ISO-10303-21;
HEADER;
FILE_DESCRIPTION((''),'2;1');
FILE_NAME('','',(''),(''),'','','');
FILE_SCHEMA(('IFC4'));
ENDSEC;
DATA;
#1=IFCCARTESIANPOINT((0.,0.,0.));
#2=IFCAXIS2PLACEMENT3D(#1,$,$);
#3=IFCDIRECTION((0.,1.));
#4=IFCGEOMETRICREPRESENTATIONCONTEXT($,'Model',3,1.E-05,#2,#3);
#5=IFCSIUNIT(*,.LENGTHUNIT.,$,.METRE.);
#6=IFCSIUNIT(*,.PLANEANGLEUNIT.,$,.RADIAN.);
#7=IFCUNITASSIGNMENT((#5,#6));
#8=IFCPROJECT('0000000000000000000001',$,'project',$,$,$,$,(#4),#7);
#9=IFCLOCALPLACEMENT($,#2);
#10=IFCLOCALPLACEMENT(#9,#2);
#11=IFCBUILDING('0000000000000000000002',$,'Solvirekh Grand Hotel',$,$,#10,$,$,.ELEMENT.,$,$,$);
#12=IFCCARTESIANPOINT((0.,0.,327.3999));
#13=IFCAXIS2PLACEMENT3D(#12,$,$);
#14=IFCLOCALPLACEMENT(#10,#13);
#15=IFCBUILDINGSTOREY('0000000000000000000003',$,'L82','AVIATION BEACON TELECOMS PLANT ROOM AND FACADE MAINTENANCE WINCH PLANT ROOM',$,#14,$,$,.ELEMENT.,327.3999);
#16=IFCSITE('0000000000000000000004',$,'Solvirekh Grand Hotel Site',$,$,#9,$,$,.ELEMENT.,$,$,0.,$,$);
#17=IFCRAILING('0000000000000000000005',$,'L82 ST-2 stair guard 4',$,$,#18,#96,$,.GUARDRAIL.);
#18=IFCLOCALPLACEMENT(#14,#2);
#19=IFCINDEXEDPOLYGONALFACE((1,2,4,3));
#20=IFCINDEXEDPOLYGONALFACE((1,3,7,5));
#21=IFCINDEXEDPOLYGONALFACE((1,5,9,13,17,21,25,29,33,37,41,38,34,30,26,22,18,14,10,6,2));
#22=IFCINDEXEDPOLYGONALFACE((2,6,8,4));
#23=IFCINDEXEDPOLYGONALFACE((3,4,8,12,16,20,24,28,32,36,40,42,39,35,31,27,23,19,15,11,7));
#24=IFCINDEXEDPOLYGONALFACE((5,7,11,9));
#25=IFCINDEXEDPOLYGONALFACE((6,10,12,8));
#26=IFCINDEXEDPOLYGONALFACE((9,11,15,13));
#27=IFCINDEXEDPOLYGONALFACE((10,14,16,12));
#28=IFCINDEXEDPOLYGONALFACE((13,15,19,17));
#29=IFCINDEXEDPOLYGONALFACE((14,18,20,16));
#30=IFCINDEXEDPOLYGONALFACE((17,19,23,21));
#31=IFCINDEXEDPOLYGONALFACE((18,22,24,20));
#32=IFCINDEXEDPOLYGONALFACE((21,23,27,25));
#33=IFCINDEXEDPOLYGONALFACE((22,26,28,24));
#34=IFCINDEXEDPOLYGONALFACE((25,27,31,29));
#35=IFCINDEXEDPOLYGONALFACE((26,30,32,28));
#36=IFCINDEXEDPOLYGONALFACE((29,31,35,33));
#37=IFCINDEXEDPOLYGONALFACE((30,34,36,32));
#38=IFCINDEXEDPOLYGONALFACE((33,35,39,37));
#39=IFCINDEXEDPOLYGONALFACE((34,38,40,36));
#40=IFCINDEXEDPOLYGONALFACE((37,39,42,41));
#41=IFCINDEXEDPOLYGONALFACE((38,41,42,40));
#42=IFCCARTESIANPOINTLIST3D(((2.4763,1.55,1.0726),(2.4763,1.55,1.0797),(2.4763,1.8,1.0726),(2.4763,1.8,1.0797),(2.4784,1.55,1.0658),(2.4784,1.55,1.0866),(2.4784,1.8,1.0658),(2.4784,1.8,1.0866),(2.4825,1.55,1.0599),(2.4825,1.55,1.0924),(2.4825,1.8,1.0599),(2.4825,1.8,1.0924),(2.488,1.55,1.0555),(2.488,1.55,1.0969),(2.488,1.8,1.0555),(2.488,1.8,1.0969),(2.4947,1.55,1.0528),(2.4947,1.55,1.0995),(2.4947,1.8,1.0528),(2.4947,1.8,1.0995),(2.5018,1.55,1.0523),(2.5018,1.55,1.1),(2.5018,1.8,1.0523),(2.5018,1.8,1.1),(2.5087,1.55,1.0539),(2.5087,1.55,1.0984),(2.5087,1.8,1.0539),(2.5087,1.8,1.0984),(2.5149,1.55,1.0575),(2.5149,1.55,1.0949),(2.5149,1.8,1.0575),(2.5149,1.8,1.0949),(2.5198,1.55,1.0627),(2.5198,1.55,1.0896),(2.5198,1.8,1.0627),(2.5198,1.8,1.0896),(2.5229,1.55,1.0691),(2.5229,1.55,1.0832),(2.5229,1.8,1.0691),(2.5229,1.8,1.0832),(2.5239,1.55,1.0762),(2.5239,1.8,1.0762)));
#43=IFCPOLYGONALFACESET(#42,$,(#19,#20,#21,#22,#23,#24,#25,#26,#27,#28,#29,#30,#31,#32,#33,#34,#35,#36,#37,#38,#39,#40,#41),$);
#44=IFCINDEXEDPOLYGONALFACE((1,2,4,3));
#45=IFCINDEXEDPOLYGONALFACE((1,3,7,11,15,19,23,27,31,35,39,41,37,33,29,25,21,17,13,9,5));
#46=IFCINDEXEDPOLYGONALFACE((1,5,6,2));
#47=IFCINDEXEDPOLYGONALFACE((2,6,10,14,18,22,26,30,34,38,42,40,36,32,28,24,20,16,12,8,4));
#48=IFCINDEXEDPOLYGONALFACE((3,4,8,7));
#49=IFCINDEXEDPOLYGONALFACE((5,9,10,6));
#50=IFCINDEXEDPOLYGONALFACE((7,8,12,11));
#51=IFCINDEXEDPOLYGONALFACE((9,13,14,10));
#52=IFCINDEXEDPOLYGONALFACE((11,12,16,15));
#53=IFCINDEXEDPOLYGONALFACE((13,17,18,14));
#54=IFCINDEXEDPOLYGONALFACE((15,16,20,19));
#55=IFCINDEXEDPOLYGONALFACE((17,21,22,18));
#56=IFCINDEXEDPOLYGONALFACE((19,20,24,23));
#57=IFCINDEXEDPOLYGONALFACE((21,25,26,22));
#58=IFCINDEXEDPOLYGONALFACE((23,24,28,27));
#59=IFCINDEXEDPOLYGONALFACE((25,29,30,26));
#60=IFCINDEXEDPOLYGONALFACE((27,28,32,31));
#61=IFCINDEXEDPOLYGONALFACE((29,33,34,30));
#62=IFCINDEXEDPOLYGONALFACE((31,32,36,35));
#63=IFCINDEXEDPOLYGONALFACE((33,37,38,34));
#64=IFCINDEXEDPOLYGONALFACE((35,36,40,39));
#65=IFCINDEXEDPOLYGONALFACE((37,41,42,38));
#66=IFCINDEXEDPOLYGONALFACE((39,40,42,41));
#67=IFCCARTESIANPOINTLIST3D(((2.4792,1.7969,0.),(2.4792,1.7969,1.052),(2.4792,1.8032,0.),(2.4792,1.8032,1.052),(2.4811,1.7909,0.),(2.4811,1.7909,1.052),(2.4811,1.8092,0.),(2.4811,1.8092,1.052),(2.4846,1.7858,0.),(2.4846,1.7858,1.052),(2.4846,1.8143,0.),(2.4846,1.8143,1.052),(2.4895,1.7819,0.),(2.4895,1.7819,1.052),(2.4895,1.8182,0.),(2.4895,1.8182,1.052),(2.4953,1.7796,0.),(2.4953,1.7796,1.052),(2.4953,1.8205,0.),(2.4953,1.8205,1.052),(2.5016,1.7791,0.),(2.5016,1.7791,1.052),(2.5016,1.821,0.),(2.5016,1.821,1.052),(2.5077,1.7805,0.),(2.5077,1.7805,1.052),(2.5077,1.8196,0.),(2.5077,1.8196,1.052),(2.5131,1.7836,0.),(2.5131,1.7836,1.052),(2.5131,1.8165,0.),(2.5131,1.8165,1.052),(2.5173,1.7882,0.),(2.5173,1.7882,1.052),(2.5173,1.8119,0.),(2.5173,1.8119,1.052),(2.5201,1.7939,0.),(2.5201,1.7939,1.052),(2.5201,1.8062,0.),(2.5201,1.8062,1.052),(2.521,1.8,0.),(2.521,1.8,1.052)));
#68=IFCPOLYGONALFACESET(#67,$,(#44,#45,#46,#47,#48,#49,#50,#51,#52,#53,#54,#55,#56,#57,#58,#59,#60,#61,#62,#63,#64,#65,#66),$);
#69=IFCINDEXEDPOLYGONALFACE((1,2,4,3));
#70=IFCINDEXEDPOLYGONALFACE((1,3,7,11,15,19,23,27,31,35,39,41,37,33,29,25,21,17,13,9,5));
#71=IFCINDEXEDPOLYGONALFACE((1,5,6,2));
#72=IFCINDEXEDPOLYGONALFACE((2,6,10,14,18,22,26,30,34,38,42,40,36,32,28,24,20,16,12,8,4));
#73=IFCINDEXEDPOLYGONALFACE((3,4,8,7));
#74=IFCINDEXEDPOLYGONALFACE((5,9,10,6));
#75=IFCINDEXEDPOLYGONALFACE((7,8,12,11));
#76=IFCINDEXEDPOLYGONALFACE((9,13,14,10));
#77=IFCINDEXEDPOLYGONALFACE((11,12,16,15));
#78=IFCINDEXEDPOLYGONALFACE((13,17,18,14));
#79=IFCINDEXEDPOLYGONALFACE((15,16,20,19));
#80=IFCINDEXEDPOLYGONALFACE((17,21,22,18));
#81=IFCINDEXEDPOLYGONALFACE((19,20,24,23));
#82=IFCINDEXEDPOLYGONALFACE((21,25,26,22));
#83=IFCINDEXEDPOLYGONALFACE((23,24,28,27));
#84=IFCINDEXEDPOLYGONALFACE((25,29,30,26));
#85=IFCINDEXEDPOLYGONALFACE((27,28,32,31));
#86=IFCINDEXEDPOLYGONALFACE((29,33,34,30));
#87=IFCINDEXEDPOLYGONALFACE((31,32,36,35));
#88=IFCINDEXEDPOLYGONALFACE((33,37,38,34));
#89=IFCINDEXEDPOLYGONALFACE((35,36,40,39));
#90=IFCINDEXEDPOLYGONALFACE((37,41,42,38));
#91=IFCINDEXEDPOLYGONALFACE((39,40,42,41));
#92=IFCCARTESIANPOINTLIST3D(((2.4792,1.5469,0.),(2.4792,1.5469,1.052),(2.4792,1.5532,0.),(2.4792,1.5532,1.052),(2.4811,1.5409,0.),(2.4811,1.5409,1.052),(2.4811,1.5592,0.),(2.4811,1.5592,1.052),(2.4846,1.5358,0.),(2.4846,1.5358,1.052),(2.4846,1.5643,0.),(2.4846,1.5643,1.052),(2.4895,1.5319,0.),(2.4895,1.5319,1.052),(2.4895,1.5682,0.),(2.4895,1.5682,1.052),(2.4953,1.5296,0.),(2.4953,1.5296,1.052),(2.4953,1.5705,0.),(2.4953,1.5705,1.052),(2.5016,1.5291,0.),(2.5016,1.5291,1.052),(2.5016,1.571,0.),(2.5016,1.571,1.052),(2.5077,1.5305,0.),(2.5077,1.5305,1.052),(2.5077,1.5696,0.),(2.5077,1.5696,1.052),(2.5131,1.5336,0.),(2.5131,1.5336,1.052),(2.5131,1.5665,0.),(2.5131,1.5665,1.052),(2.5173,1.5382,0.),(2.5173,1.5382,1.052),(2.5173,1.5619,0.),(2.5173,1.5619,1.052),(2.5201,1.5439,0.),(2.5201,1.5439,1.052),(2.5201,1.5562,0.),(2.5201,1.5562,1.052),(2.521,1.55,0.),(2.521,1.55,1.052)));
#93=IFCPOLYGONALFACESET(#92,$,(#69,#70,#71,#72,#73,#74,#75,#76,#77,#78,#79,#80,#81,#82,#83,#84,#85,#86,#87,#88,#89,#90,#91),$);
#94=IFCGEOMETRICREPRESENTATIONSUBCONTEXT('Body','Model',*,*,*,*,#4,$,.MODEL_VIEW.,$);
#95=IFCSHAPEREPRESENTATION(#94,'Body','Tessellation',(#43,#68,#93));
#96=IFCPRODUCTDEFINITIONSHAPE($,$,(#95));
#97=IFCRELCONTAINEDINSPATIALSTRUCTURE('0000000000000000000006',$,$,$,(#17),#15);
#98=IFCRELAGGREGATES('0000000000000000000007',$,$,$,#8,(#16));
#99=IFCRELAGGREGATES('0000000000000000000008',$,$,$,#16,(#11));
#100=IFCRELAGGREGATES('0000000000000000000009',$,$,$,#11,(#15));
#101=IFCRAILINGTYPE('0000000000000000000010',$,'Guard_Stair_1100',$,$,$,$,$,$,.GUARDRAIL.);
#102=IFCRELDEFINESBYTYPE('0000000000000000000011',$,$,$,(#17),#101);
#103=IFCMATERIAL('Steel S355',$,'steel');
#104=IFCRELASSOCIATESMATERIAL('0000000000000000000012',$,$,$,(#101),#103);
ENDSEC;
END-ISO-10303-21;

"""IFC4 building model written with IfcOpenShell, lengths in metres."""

from ifc_helpers import new_model, si_unit, direction, frame, origin, origin_2d, place, context, subcontext, project, spatial, circle, extrude, material, type_object, element, save


model = new_model("IFC4")

# Units and contexts
model_context = context("Model", 3, precision=1e-05, world=origin(), true_north=direction((0.0, 1.0)))
body_context = subcontext(model_context, "Body", "Model", "MODEL_VIEW")
ifc_project = project(units=[si_unit("LENGTHUNIT", "METRE"), si_unit("PLANEANGLEUNIT", "RADIAN")], contexts=[model_context])

# Site, building, storey
site_placement = place(None, origin())
site = spatial("IfcSite", under=ifc_project, at=site_placement, Name="Solvirekh Grand Hotel Site", CompositionType="ELEMENT", RefElevation=0.0)
building_placement = place(site_placement, origin())
building = spatial("IfcBuilding", under=site, at=building_placement, Name="Solvirekh Grand Hotel", CompositionType="ELEMENT")
storey_placement = place(building_placement, frame((0.0, 0.0, 327.3999)))
storey = spatial("IfcBuildingStorey", under=building, at=storey_placement, Name="L82", Description="AVIATION BEACON TELECOMS PLANT ROOM AND FACADE MAINTENANCE WINCH PLANT ROOM", CompositionType="ELEMENT", Elevation=327.3999)

# Shared definitions
ifc_material_1 = material(Name="Steel S355", Category="steel")

# Railing
railing_type_1 = type_object("IfcRailingType", Name="Guard_Stair_1100", PredefinedType="GUARDRAIL", material=ifc_material_1)
railing_1_placement = place(storey_placement, frame((2.5, 1.8, 0.0)))
element("IfcRailing", 1, at=railing_1_placement, inside=storey, type_object=railing_type_1, Name="L82 ST-2 stair guard 4", PredefinedType="GUARDRAIL", context=body_context, shape_type="SweptSolid", body=[
    extrude(circle(Radius=0.0239, at=origin_2d()), frame((0.0, 0.0, 1.0762), z_axis=(0.0, -1.0, 0.0), x_axis=(1.0, 0.0, 0.0)), (0.0, 0.0, 1.0), 0.25),
    extrude(circle(Radius=0.021, at=origin_2d()), origin(), (0.0, 0.0, 1.0), 1.052),
    extrude(circle(Radius=0.021, at=origin_2d()), frame((0.0, -0.25, 0.0)), (0.0, 0.0, 1.0), 1.052),
])

save(model, "model.ifc")
